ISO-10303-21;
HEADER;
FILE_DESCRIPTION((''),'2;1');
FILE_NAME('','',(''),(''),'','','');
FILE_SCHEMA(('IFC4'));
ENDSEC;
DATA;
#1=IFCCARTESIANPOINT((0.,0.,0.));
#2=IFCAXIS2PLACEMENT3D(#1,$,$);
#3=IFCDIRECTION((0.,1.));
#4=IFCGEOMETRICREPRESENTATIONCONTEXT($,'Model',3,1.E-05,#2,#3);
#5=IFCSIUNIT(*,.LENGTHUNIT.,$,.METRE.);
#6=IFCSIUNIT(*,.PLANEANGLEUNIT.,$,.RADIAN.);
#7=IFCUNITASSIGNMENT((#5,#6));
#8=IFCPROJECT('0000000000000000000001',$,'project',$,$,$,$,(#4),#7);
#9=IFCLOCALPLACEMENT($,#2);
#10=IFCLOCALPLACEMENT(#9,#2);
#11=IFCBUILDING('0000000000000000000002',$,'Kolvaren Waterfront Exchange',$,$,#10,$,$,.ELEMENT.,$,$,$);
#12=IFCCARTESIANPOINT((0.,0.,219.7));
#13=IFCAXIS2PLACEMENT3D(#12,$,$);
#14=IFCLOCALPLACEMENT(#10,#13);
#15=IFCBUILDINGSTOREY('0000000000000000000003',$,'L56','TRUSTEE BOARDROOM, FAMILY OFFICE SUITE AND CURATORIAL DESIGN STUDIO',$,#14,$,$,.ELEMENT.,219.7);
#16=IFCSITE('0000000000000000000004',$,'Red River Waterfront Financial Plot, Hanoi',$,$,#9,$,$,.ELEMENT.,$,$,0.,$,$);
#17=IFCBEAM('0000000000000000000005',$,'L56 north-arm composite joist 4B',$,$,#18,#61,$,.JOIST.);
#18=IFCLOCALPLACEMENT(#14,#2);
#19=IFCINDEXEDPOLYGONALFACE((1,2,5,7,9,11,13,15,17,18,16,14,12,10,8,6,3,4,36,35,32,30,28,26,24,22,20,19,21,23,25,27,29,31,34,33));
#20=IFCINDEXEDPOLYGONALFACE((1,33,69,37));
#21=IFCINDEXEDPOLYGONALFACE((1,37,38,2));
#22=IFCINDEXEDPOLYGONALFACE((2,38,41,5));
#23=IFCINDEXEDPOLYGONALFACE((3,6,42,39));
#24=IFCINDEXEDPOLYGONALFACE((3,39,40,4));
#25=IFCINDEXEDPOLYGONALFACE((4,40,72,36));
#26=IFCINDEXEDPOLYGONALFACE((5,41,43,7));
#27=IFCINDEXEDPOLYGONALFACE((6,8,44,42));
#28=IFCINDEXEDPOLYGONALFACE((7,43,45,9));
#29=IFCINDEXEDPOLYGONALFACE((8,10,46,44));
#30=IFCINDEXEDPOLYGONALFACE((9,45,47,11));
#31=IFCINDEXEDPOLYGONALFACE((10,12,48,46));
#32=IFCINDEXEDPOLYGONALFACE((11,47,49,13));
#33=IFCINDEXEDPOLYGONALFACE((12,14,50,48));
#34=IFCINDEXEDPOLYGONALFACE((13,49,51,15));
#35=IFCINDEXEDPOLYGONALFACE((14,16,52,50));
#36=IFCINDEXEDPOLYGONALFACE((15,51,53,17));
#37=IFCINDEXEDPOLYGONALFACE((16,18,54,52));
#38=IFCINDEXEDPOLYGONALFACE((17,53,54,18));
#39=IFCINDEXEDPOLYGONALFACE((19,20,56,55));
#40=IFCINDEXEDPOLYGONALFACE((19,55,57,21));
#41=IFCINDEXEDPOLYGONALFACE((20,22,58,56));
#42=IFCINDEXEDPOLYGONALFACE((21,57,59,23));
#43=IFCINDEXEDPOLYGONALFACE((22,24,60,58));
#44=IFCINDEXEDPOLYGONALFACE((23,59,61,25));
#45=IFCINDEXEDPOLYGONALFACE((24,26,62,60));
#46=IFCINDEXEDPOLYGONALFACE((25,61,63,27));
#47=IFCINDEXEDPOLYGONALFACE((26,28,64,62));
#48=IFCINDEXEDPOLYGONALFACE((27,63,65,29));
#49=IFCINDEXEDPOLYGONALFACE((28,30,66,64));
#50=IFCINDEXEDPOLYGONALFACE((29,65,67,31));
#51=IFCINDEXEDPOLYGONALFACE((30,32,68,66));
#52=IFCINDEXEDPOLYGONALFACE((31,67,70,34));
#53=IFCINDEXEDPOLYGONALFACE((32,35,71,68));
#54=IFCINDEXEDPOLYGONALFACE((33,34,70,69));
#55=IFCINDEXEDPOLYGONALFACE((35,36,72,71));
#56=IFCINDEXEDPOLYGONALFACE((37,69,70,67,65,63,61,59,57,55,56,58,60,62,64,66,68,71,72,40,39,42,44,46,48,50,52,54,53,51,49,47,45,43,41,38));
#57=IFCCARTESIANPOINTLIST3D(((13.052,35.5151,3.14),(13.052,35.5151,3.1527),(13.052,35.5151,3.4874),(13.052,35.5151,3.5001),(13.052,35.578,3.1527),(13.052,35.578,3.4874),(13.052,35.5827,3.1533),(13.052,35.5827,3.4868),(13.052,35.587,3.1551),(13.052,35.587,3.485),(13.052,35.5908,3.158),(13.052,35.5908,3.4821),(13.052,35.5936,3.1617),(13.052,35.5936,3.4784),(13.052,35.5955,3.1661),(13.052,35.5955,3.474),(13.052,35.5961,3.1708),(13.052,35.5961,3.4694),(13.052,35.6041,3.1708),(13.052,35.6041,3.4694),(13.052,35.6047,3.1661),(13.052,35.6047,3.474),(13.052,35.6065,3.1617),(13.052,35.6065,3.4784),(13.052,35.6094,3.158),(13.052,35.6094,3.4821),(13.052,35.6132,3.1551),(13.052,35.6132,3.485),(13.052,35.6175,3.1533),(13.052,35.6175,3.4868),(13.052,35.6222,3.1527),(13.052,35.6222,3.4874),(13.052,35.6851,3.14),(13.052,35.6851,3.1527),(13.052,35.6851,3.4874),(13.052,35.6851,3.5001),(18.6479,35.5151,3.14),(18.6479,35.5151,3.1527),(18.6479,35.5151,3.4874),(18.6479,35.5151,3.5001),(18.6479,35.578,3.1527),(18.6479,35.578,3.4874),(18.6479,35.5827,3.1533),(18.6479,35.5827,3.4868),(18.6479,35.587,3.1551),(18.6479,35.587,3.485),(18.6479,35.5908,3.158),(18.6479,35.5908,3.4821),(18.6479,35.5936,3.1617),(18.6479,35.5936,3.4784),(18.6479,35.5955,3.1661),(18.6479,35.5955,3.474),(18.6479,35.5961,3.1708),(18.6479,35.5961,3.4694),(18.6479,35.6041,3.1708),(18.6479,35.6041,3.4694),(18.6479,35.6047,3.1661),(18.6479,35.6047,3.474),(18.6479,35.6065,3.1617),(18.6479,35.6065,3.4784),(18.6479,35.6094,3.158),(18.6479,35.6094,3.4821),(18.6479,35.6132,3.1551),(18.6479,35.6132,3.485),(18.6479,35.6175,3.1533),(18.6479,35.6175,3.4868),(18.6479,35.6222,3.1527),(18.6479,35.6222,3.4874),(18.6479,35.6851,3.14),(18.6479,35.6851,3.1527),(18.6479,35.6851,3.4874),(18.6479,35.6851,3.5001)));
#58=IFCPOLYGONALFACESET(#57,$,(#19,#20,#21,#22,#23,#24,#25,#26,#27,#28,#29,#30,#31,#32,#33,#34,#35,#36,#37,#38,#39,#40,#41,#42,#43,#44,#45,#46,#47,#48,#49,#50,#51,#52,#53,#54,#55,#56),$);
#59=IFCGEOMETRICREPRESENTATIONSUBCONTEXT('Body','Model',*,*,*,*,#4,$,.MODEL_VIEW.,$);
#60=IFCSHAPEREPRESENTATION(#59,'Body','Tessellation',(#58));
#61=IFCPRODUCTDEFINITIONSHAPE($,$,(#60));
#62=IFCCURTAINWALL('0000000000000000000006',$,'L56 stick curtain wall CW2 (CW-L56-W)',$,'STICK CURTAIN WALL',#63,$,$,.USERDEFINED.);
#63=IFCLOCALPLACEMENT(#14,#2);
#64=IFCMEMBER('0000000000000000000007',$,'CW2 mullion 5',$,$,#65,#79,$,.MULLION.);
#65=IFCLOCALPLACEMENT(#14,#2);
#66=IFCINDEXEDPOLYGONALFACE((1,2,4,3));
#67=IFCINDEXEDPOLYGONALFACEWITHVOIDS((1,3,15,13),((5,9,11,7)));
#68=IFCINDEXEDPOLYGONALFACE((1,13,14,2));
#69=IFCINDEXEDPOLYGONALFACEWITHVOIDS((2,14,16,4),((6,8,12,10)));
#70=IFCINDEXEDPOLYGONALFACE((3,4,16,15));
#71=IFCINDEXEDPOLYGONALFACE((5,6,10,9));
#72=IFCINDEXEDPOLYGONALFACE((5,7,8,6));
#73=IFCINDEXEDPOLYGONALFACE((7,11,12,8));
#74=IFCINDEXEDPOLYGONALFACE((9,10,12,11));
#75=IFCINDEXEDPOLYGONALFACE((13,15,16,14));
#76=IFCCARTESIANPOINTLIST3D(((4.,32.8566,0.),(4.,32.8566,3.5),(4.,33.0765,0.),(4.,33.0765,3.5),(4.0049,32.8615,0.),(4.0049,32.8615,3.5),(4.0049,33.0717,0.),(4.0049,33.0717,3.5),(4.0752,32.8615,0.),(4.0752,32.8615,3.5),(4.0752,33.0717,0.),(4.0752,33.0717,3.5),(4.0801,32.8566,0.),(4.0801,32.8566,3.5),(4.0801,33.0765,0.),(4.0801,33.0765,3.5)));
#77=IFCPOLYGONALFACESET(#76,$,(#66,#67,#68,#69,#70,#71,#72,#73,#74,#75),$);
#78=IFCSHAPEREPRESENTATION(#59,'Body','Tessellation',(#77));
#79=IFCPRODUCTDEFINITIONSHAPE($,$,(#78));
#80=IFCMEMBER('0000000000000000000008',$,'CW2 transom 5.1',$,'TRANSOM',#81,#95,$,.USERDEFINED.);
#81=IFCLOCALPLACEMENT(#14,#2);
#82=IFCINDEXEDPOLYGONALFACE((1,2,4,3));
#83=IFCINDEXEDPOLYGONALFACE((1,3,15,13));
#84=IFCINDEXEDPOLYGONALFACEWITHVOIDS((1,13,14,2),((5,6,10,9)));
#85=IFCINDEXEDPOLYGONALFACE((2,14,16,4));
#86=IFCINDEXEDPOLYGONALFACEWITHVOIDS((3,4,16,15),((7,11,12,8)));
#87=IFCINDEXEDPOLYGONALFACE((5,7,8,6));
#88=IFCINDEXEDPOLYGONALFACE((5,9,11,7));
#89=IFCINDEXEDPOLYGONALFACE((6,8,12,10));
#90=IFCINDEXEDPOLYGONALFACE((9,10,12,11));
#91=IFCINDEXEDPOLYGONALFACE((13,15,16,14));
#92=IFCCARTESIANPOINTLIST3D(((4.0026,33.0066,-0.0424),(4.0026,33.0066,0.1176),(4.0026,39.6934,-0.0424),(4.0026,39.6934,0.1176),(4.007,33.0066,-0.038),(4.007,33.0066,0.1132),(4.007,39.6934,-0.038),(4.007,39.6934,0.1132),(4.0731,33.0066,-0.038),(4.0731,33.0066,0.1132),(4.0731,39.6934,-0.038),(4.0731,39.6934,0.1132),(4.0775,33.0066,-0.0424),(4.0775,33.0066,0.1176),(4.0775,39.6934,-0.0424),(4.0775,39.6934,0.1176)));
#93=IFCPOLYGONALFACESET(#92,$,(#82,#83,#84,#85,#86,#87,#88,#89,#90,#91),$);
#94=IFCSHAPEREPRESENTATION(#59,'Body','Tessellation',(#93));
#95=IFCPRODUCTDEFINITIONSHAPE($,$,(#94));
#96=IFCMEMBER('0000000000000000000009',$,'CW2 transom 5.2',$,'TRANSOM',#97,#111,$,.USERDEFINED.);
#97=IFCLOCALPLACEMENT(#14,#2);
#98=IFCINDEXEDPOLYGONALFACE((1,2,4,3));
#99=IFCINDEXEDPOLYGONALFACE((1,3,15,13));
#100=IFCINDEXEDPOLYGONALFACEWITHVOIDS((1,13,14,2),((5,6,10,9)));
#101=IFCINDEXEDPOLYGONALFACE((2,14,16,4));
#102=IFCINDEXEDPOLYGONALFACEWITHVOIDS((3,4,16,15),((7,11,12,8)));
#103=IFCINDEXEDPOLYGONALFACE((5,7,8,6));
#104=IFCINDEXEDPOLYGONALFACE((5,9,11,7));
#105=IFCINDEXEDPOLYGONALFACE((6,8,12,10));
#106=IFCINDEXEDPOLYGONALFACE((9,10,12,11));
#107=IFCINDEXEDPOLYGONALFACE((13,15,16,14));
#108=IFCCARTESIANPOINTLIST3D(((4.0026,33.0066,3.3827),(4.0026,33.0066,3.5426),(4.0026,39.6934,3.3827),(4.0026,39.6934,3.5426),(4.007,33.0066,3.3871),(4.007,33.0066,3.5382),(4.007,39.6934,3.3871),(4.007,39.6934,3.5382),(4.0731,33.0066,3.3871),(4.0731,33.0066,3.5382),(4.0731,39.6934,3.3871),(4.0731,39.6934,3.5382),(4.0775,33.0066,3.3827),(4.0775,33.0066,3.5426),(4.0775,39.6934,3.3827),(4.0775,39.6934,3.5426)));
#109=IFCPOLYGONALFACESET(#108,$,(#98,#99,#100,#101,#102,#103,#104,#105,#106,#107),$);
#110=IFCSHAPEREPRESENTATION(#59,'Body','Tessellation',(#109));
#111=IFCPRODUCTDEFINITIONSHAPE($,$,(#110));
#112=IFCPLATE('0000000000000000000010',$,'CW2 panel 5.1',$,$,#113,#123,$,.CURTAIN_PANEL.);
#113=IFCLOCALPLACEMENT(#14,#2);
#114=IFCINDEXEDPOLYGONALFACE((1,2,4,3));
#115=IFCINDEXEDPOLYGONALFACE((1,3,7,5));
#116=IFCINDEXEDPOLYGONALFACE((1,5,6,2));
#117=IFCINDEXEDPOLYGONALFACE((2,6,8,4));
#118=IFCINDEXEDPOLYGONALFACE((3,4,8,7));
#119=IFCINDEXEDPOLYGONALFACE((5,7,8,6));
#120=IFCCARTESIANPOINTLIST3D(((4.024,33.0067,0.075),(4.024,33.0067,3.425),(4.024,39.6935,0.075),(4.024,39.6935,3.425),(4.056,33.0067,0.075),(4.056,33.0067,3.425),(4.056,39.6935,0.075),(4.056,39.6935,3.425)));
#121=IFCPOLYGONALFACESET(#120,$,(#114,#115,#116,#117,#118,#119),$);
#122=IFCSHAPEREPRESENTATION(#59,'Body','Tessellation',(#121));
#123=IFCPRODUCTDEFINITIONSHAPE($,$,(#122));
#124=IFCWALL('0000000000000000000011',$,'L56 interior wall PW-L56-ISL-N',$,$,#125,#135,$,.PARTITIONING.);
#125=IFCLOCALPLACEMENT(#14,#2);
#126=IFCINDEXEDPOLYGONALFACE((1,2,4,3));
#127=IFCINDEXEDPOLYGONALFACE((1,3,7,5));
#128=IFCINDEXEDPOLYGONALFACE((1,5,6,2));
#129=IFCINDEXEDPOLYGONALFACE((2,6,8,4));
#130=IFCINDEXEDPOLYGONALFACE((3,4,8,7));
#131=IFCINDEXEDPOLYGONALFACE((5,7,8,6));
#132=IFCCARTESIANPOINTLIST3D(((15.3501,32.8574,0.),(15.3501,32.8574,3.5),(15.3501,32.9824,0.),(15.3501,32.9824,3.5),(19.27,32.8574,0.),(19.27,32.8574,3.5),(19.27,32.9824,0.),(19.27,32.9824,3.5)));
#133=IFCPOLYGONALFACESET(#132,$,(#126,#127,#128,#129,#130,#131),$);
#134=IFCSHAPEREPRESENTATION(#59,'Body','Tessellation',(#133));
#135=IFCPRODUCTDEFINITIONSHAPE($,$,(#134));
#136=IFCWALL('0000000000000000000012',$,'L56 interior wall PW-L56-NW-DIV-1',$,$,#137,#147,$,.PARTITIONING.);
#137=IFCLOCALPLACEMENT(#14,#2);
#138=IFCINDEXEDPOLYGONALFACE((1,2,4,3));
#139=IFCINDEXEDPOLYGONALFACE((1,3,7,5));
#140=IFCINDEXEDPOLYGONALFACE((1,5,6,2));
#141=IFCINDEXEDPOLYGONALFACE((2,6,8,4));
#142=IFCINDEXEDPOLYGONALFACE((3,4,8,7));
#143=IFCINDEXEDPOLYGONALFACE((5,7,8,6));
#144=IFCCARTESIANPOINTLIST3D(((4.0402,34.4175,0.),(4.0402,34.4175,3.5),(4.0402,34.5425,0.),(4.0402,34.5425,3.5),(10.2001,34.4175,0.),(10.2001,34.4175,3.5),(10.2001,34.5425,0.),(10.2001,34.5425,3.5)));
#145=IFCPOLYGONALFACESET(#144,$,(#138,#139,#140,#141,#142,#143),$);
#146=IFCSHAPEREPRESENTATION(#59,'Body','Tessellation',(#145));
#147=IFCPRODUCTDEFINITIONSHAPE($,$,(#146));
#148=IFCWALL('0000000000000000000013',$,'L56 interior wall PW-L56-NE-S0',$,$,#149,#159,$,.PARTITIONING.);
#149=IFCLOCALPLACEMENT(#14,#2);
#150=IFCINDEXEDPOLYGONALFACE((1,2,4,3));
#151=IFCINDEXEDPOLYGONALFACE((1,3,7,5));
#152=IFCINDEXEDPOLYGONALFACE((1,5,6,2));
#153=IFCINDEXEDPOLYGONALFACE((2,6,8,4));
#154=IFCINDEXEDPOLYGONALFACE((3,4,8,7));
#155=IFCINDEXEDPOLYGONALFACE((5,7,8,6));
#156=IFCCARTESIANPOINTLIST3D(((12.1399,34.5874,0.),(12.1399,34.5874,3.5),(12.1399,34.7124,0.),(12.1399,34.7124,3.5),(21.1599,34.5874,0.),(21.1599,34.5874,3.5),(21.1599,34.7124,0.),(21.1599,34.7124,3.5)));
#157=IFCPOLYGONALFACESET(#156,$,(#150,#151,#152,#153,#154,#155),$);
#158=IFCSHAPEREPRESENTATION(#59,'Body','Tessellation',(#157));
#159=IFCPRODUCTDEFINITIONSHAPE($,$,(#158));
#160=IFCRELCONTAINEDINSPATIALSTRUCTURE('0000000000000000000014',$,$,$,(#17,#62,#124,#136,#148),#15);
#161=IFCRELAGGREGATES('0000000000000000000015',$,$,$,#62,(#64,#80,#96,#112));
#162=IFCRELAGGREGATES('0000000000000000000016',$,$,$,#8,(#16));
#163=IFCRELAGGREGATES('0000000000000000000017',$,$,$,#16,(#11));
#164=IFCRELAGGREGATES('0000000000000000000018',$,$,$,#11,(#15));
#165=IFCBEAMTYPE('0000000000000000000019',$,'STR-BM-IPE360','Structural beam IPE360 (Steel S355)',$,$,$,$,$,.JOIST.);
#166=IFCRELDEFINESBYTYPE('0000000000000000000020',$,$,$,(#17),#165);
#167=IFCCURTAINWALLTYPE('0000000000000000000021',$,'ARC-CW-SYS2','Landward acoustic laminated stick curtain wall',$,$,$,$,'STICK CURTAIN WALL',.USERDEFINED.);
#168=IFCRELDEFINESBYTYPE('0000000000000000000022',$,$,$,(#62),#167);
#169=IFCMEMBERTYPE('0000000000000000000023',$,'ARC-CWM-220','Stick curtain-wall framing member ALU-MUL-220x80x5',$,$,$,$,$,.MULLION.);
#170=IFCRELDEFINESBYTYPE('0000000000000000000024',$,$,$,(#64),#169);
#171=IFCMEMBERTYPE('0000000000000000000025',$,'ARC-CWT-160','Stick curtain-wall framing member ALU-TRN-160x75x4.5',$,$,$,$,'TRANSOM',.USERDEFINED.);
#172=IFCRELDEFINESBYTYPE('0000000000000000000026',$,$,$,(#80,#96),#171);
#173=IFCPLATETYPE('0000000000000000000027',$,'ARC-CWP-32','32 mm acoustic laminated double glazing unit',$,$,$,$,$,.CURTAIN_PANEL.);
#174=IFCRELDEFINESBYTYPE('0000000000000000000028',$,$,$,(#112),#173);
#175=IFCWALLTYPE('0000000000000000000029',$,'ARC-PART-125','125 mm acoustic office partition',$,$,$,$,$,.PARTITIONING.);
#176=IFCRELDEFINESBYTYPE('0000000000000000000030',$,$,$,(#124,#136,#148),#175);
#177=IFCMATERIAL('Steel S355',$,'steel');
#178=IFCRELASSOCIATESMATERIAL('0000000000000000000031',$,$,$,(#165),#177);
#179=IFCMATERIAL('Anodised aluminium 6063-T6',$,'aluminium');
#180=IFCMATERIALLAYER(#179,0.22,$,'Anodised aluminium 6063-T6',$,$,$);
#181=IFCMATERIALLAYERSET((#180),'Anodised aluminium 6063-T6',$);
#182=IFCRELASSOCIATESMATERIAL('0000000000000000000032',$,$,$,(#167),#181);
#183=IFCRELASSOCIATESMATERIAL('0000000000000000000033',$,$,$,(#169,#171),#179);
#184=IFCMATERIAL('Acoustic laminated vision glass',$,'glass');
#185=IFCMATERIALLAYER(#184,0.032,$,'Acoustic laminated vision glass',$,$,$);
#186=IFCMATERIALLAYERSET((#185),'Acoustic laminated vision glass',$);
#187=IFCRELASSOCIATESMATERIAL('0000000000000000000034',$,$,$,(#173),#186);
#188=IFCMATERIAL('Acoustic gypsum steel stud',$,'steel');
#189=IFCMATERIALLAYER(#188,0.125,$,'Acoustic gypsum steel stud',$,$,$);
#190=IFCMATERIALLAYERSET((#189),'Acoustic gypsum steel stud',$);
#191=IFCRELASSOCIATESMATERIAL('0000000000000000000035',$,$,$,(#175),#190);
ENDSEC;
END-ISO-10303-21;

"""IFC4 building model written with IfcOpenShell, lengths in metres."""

from ifc_helpers import new_model, si_unit, direction, frame, frame_2d, origin, origin_with_axes, origin_2d, place, context, subcontext, project, spatial, rectangle, hollow_rectangle, i_section, extrude, source, transform, mapped, material, layer, layer_set, material_profile, profile_set, type_object, element, aggregate, save


model = new_model("IFC4")

# Units and contexts
model_context = context("Model", 3, precision=1e-05, world=origin(), true_north=direction((0.0, 1.0)))
body_context = subcontext(model_context, "Body", "Model", "MODEL_VIEW")
ifc_project = project(units=[si_unit("LENGTHUNIT", "METRE"), si_unit("PLANEANGLEUNIT", "RADIAN")], contexts=[model_context])

# Site, building, storey
site_placement = place(None, origin())
site = spatial("IfcSite", under=ifc_project, at=site_placement, Name="Red River Waterfront Financial Plot, Hanoi", CompositionType="ELEMENT", RefElevation=0.0)
building_placement = place(site_placement, origin())
building = spatial("IfcBuilding", under=site, at=building_placement, Name="Kolvaren Waterfront Exchange", CompositionType="ELEMENT")
storey_placement = place(building_placement, frame((0.0, 0.0, 219.7)))
storey = spatial("IfcBuildingStorey", under=building, at=storey_placement, Name="L56", Description="TRUSTEE BOARDROOM, FAMILY OFFICE SUITE AND CURATORIAL DESIGN STUDIO", CompositionType="ELEMENT", Elevation=219.7)

# Beam
ifc_material_1 = material(Name="Steel S355", Category="steel")
ifc_material_profile_1 = material_profile(ifc_material_1, i_section(OverallWidth=0.1699, OverallDepth=0.3601, WebThickness=0.0081, FlangeThickness=0.0127, FilletRadius=0.0181, at=origin_2d()), Name="IPE360")
ifc_profile_set_1 = profile_set([ifc_material_profile_1], Name="Steel S355")
beam_type_1 = type_object("IfcBeamType", Name="STR-BM-IPE360", Description="Structural beam IPE360 (Steel S355)", PredefinedType="JOIST", material=ifc_profile_set_1)
beam_1_placement = place(storey_placement, frame((13.052, 35.6001, 3.3201), z_axis=(1.0, 0.0, 0.0), x_axis=(0.0, 1.0, 0.0)))
element("IfcBeam", 1, at=beam_1_placement, inside=storey, type_object=beam_type_1, Name="L56 north-arm composite joist 4B", PredefinedType="JOIST", context=body_context, shape_type="SweptSolid", body=[
    extrude(i_section(OverallWidth=0.1699, OverallDepth=0.3601, WebThickness=0.0081, FlangeThickness=0.0127, FilletRadius=0.0181, at=origin_2d()), origin(), (0.0, 0.0, 1.0), 5.5959),
])

# Curtain wall, members, plate
ifc_material_2 = material(Name="Anodised aluminium 6063-T6", Category="aluminium")
ifc_layer_1 = layer(ifc_material_2, 0.22, Name="Anodised aluminium 6063-T6")
ifc_layer_set_1 = layer_set([ifc_layer_1], Name="Anodised aluminium 6063-T6")
curtain_wall_type = type_object("IfcCurtainWallType", Name="ARC-CW-SYS2", Description="Landward acoustic laminated stick curtain wall", ElementType="STICK CURTAIN WALL", PredefinedType="USERDEFINED", material=ifc_layer_set_1)
curtain_wall_placement = place(storey_placement, origin())
curtain_wall = element("IfcCurtainWall", 2, at=curtain_wall_placement, inside=storey, type_object=curtain_wall_type, Name="L56 stick curtain wall CW2 (CW-L56-W)", ObjectType="STICK CURTAIN WALL", PredefinedType="USERDEFINED")
ifc_material_profile_2 = material_profile(ifc_material_2, hollow_rectangle(XDim=0.0801, YDim=0.22, WallThickness=0.0049, at=origin_2d()), Name="ALU-MUL-220x80x5")
ifc_profile_set_2 = profile_set([ifc_material_profile_2], Name="Anodised aluminium 6063-T6")
member_type_1 = type_object("IfcMemberType", Name="ARC-CWM-220", Description="Stick curtain-wall framing member ALU-MUL-220x80x5", PredefinedType="MULLION", material=ifc_profile_set_2)
shared_shape_1 = source(origin_with_axes(), body_context, "Body", "SweptSolid", [
    extrude(hollow_rectangle(XDim=0.0801, YDim=0.22, WallThickness=0.0049, at=origin_2d()), origin(), (0.0, 0.0, 1.0), 3.5),
])
member_1_placement = place(storey_placement, frame((4.04, 32.9666, 0.0), z_axis=(0.0, 0.0, 1.0), x_axis=(-1.0, 0.0, 0.0)))
member_1 = element("IfcMember", 3, at=member_1_placement, type_object=member_type_1, Name="CW2 mullion 5", PredefinedType="MULLION", context=body_context, shape_type="MappedRepresentation", body=[
    mapped(shared_shape_1, transform((0.0, 0.0, 0.0), x_axis=(1.0, 0.0, 0.0), y_axis=(0.0, 1.0, 0.0), z_axis=(0.0, 0.0, 1.0), scale=1.0)),
])
ifc_material_profile_3 = material_profile(ifc_material_2, hollow_rectangle(XDim=0.075, YDim=0.1599, WallThickness=0.0044, at=origin_2d()), Name="ALU-TRN-160x75x4.5")
ifc_profile_set_3 = profile_set([ifc_material_profile_3], Name="Anodised aluminium 6063-T6")
member_type_2 = type_object("IfcMemberType", Name="ARC-CWT-160", Description="Stick curtain-wall framing member ALU-TRN-160x75x4.5", ElementType="TRANSOM", PredefinedType="USERDEFINED", material=ifc_profile_set_3)
shared_shape_2 = source(origin_with_axes(), body_context, "Body", "SweptSolid", [
    extrude(hollow_rectangle(XDim=0.075, YDim=0.1599, WallThickness=0.0044, at=origin_2d()), origin(), (0.0, 0.0, 1.0), 6.6868),
])
member_2_placement = place(storey_placement, frame((4.04, 33.0066, 0.0376), z_axis=(0.0, 1.0, 0.0), x_axis=(-1.0, 0.0, 0.0)))
member_2 = element("IfcMember", 4, at=member_2_placement, type_object=member_type_2, Name="CW2 transom 5.1", ObjectType="TRANSOM", PredefinedType="USERDEFINED", context=body_context, shape_type="MappedRepresentation", body=[
    mapped(shared_shape_2, transform((0.0, 0.0, 0.0), x_axis=(1.0, 0.0, 0.0), y_axis=(0.0, 1.0, 0.0), z_axis=(0.0, 0.0, 1.0), scale=1.0)),
])
member_3_placement = place(storey_placement, frame((4.04, 33.0066, 3.4626), z_axis=(0.0, 1.0, 0.0), x_axis=(-1.0, 0.0, 0.0)))
member_3 = element("IfcMember", 5, at=member_3_placement, type_object=member_type_2, Name="CW2 transom 5.2", ObjectType="TRANSOM", PredefinedType="USERDEFINED", context=body_context, shape_type="MappedRepresentation", body=[
    mapped(shared_shape_2, transform((0.0, 0.0, 0.0), x_axis=(1.0, 0.0, 0.0), y_axis=(0.0, 1.0, 0.0), z_axis=(0.0, 0.0, 1.0), scale=1.0)),
])
ifc_material_3 = material(Name="Acoustic laminated vision glass", Category="glass")
ifc_layer_2 = layer(ifc_material_3, 0.032, Name="Acoustic laminated vision glass")
ifc_layer_set_2 = layer_set([ifc_layer_2], Name="Acoustic laminated vision glass")
plate_type = type_object("IfcPlateType", Name="ARC-CWP-32", Description="32 mm acoustic laminated double glazing unit", PredefinedType="CURTAIN_PANEL", material=ifc_layer_set_2)
shared_shape_3 = source(origin_with_axes(), body_context, "Body", "SweptSolid", [
    extrude(rectangle(XDim=6.6868, YDim=0.032, at=origin_2d()), origin(), (0.0, 0.0, 1.0), 3.3501),
])
plate_placement = place(storey_placement, frame((4.04, 36.3501, 0.075), z_axis=(0.0, 0.0, 1.0), x_axis=(0.0, 1.0, 0.0)))
plate = element("IfcPlate", 6, at=plate_placement, type_object=plate_type, Name="CW2 panel 5.1", PredefinedType="CURTAIN_PANEL", context=body_context, shape_type="MappedRepresentation", body=[
    mapped(shared_shape_3, transform((0.0, 0.0, 0.0), x_axis=(1.0, 0.0, 0.0), y_axis=(0.0, 1.0, 0.0), z_axis=(0.0, 0.0, 1.0), scale=1.0)),
])
aggregate(curtain_wall, [member_1, member_2, member_3, plate])

# Walls
ifc_material_4 = material(Name="Acoustic gypsum steel stud", Category="steel")
ifc_layer_3 = layer(ifc_material_4, 0.125, Name="Acoustic gypsum steel stud")
ifc_layer_set_3 = layer_set([ifc_layer_3], Name="Acoustic gypsum steel stud")
wall_type = type_object("IfcWallType", Name="ARC-PART-125", Description="125 mm acoustic office partition", PredefinedType="PARTITIONING", material=ifc_layer_set_3)
wall_1_placement = place(storey_placement, frame((15.3501, 32.9199, 0.0), z_axis=(0.0, 0.0, 1.0), x_axis=(1.0, 0.0, 0.0)))
element("IfcWall", 7, at=wall_1_placement, inside=storey, type_object=wall_type, Name="L56 interior wall PW-L56-ISL-N", PredefinedType="PARTITIONING", context=body_context, shape_type="SweptSolid", body=[
    extrude(rectangle(XDim=3.9199, YDim=0.125, at=frame_2d((1.96, 0.0))), origin(), (0.0, 0.0, 1.0), 3.5),
])
wall_2_placement = place(storey_placement, frame((4.04, 34.48, 0.0), z_axis=(0.0, 0.0, 1.0), x_axis=(1.0, 0.0, 0.0)))
element("IfcWall", 8, at=wall_2_placement, inside=storey, type_object=wall_type, Name="L56 interior wall PW-L56-NW-DIV-1", PredefinedType="PARTITIONING", context=body_context, shape_type="SweptSolid", body=[
    extrude(rectangle(XDim=6.1599, YDim=0.125, at=frame_2d((3.0801, 0.0))), origin(), (0.0, 0.0, 1.0), 3.5),
])
wall_3_placement = place(storey_placement, frame((12.1399, 34.6499, 0.0), z_axis=(0.0, 0.0, 1.0), x_axis=(1.0, 0.0, 0.0)))
element("IfcWall", 9, at=wall_3_placement, inside=storey, type_object=wall_type, Name="L56 interior wall PW-L56-NE-S0", PredefinedType="PARTITIONING", context=body_context, shape_type="SweptSolid", body=[
    extrude(rectangle(XDim=9.02, YDim=0.125, at=frame_2d((4.51, 0.0))), origin(), (0.0, 0.0, 1.0), 3.5),
])

save(model, "model.ifc")
